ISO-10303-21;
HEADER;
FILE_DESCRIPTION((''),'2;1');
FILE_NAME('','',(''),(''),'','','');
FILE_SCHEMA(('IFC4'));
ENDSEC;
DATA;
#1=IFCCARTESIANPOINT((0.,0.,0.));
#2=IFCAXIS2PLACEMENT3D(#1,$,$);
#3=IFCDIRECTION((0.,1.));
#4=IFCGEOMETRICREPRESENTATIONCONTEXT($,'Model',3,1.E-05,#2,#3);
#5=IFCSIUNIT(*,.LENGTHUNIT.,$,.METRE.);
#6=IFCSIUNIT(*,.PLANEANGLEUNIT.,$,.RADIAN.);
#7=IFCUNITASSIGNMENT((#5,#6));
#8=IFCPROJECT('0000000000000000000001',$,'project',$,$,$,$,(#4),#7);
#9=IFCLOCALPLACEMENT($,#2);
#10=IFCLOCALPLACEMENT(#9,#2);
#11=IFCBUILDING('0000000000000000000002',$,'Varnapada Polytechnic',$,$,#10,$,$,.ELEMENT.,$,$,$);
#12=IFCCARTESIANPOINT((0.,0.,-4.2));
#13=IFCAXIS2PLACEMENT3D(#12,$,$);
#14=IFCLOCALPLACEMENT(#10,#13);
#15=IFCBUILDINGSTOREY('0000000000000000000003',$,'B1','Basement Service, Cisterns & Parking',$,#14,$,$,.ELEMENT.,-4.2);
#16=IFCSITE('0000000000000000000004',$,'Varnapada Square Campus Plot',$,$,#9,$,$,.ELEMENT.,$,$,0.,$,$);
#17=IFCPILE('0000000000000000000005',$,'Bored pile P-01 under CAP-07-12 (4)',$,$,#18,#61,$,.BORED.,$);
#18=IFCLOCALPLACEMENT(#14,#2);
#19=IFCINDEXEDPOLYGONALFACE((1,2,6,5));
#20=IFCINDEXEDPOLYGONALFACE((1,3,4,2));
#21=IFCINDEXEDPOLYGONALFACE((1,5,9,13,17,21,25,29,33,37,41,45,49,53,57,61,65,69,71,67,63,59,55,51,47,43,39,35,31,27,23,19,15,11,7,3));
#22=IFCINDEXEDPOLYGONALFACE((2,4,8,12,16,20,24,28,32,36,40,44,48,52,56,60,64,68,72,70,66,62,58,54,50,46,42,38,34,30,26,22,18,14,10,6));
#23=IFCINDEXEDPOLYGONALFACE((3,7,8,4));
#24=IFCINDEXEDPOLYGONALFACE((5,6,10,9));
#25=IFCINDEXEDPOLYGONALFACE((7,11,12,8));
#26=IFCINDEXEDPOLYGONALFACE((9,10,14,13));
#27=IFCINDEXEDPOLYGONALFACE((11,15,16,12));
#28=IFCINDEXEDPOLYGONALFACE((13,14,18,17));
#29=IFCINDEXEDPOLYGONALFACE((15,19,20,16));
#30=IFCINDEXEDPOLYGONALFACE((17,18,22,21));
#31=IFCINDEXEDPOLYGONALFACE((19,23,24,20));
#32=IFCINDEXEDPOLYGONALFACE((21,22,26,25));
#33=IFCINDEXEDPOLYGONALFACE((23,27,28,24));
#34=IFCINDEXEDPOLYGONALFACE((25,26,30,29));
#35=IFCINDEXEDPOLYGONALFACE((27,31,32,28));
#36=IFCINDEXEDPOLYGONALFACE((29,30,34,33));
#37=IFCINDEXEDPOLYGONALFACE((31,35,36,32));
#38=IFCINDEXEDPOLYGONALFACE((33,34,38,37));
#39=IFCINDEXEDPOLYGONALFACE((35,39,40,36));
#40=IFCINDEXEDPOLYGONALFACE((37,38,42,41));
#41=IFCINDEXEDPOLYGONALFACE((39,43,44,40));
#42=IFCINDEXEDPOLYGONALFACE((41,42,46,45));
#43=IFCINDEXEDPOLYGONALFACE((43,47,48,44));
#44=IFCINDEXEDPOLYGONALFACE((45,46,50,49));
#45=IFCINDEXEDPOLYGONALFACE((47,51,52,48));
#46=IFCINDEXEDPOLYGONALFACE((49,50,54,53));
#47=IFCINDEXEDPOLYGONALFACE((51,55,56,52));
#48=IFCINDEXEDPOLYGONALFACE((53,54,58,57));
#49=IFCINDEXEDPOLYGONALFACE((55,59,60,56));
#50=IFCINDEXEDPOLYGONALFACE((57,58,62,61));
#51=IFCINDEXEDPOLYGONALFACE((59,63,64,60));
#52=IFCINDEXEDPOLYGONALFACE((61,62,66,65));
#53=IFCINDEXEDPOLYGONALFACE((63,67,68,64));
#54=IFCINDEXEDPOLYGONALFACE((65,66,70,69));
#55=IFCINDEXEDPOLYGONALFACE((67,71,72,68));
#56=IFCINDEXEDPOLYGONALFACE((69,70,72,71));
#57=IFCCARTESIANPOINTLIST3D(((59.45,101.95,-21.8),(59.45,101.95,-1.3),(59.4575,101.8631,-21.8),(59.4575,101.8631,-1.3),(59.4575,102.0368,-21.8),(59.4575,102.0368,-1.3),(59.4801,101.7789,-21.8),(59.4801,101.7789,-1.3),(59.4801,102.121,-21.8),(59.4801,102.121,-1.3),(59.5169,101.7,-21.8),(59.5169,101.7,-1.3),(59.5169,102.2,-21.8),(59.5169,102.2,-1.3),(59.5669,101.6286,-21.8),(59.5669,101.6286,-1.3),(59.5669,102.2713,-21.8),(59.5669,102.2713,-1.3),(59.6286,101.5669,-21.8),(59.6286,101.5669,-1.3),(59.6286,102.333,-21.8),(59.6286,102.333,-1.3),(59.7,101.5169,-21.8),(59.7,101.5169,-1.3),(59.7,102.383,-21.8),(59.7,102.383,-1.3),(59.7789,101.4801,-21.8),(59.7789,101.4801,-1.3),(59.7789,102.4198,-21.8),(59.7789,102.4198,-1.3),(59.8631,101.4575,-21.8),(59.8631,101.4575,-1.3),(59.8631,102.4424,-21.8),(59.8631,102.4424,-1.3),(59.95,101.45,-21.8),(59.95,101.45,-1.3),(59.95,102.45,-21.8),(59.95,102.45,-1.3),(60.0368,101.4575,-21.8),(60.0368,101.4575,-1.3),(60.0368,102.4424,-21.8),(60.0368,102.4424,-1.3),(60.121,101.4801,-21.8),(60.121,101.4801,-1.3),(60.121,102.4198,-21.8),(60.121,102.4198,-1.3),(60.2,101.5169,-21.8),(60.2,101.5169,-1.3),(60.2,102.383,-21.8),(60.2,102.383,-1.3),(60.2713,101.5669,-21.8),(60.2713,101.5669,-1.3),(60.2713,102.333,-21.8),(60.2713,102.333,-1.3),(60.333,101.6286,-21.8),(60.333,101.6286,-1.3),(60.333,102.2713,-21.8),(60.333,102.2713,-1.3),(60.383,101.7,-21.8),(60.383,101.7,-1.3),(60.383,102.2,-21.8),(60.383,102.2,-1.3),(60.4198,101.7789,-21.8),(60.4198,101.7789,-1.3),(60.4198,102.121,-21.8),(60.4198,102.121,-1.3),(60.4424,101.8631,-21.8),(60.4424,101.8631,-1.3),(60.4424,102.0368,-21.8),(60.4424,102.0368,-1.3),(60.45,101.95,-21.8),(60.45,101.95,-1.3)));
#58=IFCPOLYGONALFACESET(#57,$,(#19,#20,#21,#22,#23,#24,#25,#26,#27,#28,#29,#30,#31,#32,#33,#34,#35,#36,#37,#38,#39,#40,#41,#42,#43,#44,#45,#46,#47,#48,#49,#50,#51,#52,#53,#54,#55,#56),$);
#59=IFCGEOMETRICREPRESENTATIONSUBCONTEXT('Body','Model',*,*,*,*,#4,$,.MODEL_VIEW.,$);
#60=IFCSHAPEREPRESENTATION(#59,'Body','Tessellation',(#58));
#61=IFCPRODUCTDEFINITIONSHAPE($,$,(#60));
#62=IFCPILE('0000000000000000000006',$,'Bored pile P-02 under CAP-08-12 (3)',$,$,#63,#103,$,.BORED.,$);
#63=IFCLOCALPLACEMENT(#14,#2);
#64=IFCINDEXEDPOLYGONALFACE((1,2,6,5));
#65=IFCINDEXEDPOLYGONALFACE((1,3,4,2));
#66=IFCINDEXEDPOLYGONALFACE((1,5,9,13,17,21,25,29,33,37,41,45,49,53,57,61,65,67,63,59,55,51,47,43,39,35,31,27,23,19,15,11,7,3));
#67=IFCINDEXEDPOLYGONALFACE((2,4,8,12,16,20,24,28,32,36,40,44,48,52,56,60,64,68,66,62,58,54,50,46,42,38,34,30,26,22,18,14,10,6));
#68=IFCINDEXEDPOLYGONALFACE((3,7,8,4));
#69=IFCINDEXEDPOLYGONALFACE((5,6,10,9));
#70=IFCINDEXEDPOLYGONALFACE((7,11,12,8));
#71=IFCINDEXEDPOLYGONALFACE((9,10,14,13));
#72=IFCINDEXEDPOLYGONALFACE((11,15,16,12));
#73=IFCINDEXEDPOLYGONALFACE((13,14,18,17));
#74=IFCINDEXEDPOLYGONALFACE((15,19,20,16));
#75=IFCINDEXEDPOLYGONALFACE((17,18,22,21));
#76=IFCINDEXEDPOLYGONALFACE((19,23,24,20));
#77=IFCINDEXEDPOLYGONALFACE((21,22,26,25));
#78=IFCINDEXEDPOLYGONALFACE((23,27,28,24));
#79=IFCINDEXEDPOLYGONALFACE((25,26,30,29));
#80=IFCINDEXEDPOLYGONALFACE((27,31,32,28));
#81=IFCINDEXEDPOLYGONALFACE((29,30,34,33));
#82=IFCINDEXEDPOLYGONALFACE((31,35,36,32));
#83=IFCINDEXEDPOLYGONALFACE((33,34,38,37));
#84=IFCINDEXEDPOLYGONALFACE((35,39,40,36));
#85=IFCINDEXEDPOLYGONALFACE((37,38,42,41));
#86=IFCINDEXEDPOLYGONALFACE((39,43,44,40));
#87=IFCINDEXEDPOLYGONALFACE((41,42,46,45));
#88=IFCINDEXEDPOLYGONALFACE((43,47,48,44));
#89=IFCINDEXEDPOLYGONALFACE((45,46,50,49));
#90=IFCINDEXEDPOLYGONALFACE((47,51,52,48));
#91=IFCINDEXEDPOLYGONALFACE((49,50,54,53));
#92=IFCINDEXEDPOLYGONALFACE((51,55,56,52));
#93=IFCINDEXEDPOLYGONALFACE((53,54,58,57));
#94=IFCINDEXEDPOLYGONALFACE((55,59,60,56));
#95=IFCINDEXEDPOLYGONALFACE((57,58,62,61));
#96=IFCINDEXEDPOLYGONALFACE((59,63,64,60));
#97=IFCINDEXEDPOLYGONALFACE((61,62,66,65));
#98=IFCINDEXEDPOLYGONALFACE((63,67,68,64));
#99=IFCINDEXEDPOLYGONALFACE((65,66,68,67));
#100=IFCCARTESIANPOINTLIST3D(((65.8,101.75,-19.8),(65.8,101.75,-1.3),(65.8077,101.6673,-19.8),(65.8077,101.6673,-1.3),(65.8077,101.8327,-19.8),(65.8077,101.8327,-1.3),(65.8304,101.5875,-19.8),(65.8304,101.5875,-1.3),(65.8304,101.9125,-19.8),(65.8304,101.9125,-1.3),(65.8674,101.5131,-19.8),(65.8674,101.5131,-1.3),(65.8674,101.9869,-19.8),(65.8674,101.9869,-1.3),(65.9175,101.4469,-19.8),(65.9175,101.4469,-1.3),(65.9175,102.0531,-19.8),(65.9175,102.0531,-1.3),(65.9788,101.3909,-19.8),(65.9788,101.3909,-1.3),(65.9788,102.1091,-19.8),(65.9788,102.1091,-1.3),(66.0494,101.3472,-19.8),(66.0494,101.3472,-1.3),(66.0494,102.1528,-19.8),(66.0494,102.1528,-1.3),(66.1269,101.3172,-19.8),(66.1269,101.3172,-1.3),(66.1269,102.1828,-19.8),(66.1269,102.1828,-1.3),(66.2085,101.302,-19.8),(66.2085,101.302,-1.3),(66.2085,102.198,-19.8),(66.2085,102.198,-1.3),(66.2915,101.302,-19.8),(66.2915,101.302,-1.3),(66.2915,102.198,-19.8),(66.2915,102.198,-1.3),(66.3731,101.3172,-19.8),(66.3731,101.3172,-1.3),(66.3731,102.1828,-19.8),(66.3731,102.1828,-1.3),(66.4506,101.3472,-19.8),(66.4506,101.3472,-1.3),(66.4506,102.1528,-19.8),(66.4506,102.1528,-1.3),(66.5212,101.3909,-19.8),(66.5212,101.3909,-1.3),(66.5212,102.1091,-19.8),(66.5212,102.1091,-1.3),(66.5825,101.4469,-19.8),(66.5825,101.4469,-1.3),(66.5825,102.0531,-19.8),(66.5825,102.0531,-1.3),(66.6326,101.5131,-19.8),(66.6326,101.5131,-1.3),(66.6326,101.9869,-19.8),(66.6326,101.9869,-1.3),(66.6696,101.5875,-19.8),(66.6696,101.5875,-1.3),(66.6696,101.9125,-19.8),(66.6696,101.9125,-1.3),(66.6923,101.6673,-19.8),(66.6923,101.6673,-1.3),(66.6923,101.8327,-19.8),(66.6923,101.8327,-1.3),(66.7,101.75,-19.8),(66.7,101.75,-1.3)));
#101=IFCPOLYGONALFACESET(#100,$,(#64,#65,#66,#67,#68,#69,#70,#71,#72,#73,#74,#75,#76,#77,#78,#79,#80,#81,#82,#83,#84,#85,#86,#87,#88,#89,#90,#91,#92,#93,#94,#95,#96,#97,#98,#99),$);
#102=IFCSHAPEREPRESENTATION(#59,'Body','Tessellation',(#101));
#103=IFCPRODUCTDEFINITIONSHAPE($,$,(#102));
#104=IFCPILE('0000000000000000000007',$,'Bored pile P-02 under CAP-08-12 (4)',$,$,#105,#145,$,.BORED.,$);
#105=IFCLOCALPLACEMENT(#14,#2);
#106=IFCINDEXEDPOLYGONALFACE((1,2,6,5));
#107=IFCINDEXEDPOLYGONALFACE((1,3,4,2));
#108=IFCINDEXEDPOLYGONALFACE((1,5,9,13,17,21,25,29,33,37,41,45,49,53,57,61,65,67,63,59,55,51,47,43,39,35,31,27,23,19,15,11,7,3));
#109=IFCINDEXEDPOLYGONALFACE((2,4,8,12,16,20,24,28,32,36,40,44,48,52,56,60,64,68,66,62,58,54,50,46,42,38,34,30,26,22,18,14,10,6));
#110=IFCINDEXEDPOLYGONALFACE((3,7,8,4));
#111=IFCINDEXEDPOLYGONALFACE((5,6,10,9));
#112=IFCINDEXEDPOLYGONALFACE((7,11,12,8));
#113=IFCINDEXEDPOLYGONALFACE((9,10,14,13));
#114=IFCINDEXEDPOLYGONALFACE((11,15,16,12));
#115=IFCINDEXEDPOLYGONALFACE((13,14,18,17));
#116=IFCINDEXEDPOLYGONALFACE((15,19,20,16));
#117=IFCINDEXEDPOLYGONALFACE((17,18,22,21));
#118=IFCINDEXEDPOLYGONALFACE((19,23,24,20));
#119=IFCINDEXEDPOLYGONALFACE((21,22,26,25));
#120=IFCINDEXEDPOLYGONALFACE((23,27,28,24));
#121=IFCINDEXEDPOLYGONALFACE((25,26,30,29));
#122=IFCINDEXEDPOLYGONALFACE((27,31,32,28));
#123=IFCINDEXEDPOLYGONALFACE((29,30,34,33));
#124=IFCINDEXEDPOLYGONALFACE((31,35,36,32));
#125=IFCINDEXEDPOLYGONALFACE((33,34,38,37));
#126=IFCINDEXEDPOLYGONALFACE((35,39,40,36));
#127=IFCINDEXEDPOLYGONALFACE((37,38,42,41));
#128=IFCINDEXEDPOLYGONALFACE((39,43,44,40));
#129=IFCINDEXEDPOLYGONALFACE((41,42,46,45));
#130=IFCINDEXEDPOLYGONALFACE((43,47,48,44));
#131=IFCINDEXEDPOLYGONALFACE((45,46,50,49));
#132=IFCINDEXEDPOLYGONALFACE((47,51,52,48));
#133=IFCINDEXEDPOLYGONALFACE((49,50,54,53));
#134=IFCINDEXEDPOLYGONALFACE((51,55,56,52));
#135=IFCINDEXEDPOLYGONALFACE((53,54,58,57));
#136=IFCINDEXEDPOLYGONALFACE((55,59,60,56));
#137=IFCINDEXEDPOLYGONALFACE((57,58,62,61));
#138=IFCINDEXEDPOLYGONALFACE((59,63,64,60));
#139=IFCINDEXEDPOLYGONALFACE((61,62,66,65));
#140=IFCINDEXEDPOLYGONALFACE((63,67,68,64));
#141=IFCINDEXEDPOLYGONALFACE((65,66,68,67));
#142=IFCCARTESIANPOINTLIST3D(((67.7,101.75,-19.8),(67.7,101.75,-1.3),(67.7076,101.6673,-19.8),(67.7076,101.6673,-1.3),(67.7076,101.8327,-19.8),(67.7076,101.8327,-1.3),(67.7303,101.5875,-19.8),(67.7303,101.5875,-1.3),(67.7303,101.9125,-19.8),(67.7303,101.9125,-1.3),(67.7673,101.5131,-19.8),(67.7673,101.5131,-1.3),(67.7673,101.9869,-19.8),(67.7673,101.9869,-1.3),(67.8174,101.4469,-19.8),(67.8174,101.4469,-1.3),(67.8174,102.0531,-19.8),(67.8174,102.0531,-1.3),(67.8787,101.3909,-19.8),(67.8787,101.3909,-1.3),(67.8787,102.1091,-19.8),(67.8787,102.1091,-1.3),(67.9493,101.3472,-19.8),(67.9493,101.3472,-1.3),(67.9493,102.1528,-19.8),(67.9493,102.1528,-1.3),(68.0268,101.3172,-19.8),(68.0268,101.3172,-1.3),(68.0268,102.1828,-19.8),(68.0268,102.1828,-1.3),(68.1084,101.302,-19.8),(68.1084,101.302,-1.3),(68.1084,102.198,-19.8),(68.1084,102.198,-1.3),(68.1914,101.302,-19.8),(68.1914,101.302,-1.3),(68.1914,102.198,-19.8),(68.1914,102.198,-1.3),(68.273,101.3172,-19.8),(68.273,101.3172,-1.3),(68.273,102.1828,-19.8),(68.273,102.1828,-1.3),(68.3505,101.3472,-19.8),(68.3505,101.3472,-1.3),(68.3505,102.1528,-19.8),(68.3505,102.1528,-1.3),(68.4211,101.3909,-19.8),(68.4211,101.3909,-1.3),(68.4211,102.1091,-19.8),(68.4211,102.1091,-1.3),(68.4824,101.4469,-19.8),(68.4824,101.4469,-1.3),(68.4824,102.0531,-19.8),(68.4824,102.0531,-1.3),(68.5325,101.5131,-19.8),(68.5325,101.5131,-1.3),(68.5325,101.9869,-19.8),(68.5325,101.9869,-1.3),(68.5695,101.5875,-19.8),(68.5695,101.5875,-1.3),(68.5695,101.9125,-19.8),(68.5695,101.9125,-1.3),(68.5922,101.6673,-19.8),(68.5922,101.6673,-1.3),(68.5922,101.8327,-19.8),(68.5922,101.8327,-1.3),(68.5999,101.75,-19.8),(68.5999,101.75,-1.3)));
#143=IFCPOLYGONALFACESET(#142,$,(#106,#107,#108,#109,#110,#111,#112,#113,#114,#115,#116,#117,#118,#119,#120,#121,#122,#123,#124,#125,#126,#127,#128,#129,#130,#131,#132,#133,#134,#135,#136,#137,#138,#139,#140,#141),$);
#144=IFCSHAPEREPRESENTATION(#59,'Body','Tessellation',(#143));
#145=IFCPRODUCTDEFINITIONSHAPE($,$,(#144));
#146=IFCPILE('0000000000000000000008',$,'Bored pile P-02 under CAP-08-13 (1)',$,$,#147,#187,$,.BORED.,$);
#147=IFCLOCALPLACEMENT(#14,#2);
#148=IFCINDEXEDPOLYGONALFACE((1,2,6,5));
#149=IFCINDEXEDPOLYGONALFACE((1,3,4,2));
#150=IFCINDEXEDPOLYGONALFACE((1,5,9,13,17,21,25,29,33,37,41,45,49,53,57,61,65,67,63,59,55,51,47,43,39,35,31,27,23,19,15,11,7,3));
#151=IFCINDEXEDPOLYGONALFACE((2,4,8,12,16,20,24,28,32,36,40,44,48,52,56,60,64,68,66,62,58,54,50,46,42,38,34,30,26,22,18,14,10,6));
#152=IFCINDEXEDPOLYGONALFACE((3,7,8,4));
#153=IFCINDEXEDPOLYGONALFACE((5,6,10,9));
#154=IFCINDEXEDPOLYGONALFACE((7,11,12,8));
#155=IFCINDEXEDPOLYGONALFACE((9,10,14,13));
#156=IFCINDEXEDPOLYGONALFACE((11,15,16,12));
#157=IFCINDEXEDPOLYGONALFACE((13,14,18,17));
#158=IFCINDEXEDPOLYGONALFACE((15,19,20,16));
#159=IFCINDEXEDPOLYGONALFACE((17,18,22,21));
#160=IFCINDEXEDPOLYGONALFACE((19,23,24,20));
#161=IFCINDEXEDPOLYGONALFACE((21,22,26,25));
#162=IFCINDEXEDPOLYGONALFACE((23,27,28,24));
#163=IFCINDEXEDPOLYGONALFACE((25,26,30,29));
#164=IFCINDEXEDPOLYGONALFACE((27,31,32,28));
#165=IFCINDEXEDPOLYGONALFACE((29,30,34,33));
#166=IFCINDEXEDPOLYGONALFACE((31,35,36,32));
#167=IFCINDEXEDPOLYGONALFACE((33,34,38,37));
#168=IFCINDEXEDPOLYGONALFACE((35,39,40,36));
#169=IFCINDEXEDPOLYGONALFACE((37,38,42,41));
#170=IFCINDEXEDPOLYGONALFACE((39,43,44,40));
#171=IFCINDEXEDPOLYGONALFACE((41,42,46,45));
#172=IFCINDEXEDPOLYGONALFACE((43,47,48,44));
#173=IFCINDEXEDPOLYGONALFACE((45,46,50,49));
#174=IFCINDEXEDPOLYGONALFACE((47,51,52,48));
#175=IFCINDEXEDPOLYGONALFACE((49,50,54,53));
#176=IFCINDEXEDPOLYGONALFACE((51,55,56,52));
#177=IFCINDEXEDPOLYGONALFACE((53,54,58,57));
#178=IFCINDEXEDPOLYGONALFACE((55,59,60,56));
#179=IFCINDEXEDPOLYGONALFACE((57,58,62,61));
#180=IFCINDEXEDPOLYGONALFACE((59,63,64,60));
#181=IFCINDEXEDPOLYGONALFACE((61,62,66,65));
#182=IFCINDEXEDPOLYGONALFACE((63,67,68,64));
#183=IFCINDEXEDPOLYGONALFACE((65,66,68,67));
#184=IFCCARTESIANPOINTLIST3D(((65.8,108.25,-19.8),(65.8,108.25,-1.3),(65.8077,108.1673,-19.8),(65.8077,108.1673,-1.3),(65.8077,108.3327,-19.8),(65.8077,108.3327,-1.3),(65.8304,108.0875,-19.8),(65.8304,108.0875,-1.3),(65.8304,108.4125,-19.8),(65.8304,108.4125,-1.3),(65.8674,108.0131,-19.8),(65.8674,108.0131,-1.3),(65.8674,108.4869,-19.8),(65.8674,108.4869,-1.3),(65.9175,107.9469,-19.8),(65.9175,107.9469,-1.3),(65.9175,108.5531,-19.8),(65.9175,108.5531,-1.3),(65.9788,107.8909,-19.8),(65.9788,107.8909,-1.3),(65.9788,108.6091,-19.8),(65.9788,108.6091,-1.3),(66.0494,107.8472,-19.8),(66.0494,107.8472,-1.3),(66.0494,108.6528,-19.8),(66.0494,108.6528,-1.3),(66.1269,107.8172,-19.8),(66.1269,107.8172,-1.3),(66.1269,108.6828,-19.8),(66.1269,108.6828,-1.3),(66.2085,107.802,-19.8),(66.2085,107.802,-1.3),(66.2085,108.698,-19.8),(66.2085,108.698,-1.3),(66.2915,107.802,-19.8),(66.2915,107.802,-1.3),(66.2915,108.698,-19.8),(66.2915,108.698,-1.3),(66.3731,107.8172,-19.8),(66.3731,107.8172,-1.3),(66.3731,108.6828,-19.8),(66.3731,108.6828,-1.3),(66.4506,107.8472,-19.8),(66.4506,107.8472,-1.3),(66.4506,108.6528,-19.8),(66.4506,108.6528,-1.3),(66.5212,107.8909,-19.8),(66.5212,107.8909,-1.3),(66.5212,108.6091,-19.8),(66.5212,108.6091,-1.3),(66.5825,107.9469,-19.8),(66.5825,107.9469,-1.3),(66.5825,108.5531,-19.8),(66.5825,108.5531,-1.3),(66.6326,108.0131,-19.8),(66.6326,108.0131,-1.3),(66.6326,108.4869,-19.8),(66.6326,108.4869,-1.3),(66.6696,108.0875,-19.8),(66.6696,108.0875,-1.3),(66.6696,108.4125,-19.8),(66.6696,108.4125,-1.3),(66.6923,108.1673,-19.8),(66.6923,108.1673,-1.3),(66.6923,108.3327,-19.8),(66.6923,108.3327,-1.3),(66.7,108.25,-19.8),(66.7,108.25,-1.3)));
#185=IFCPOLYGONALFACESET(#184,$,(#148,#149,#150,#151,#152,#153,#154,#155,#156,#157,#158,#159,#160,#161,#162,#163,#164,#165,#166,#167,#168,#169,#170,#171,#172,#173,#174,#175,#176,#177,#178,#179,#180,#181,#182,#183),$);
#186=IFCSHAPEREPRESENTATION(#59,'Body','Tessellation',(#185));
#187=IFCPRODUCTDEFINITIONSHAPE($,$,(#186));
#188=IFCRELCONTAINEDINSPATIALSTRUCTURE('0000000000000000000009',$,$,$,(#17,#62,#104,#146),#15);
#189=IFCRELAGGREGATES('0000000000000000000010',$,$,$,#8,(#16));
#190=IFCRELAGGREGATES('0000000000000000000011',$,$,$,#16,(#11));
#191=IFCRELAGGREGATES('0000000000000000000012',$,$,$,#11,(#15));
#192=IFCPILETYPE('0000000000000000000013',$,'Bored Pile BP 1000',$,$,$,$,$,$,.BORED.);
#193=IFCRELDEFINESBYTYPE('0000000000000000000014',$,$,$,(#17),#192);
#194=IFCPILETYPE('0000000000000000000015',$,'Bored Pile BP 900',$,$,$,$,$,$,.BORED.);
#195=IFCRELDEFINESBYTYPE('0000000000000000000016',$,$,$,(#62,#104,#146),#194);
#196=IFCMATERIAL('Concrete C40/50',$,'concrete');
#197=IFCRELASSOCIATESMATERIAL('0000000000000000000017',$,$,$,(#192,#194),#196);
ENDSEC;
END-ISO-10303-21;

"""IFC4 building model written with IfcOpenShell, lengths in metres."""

from ifc_helpers import new_model, si_unit, direction, frame, origin, origin_2d, place, context, subcontext, project, spatial, circle, extrude, material, material_profile, profile_set, type_object, element, save


model = new_model("IFC4")

# Units and contexts
model_context = context("Model", 3, precision=1e-05, world=origin(), true_north=direction((0.0, 1.0)))
body_context = subcontext(model_context, "Body", "Model", "MODEL_VIEW")
ifc_project = project(units=[si_unit("LENGTHUNIT", "METRE"), si_unit("PLANEANGLEUNIT", "RADIAN")], contexts=[model_context])

# Site, building, storey
site_placement = place(None, origin())
site = spatial("IfcSite", under=ifc_project, at=site_placement, Name="Varnapada Square Campus Plot", CompositionType="ELEMENT", RefElevation=0.0)
building_placement = place(site_placement, origin())
building = spatial("IfcBuilding", under=site, at=building_placement, Name="Varnapada Polytechnic", CompositionType="ELEMENT")
storey_placement = place(building_placement, frame((0.0, 0.0, -4.2)))
storey = spatial("IfcBuildingStorey", under=building, at=storey_placement, Name="B1", Description="Basement Service, Cisterns & Parking", CompositionType="ELEMENT", Elevation=-4.2)

# Piles
ifc_material_1 = material(Name="Concrete C40/50", Category="concrete")
ifc_material_profile_1 = material_profile(ifc_material_1, circle(Radius=0.5, at=origin_2d()), Name="BP 1000")
ifc_profile_set_1 = profile_set([ifc_material_profile_1], Name="Concrete C40/50")
pile_type_1 = type_object("IfcPileType", Name="Bored Pile BP 1000", PredefinedType="BORED", material=ifc_profile_set_1)
pile_placement = place(storey_placement, frame((59.95, 101.95, -1.3), z_axis=(0.0, 0.0, -1.0), x_axis=(1.0, 0.0, 0.0)))
element("IfcPile", 1, at=pile_placement, inside=storey, type_object=pile_type_1, Name="Bored pile P-01 under CAP-07-12 (4)", PredefinedType="BORED", context=body_context, shape_type="SweptSolid", body=[
    extrude(circle(Radius=0.5, at=origin_2d()), origin(), (0.0, 0.0, 1.0), 20.5),
])
ifc_material_profile_2 = material_profile(ifc_material_1, circle(Radius=0.45, at=origin_2d()), Name="BP 900")
ifc_profile_set_2 = profile_set([ifc_material_profile_2], Name="Concrete C40/50")
pile_type_2 = type_object("IfcPileType", Name="Bored Pile BP 900", PredefinedType="BORED", material=ifc_profile_set_2)
for number, where, z_axis, x_axis, name in (
    (2, (66.25, 101.75, -1.3), (0.0, 0.0, -1.0), (1.0, 0.0, 0.0), "Bored pile P-02 under CAP-08-12 (3)"),
    (3, (68.1499, 101.75, -1.3), (0.0, 0.0, -1.0), (1.0, 0.0, 0.0), "Bored pile P-02 under CAP-08-12 (4)"),
    (4, (66.25, 108.25, -1.3), (0.0, 0.0, -1.0), (1.0, 0.0, 0.0), "Bored pile P-02 under CAP-08-13 (1)"),
):
    element("IfcPile", number, at=place(storey_placement, frame(where, z_axis=z_axis, x_axis=x_axis)), inside=storey, type_object=pile_type_2, Name=name, PredefinedType="BORED", context=body_context, shape_type="SweptSolid", body=[
        extrude(circle(Radius=0.45, at=origin_2d()), origin(), (0.0, 0.0, 1.0), 18.5),
    ])

save(model, "model.ifc")
